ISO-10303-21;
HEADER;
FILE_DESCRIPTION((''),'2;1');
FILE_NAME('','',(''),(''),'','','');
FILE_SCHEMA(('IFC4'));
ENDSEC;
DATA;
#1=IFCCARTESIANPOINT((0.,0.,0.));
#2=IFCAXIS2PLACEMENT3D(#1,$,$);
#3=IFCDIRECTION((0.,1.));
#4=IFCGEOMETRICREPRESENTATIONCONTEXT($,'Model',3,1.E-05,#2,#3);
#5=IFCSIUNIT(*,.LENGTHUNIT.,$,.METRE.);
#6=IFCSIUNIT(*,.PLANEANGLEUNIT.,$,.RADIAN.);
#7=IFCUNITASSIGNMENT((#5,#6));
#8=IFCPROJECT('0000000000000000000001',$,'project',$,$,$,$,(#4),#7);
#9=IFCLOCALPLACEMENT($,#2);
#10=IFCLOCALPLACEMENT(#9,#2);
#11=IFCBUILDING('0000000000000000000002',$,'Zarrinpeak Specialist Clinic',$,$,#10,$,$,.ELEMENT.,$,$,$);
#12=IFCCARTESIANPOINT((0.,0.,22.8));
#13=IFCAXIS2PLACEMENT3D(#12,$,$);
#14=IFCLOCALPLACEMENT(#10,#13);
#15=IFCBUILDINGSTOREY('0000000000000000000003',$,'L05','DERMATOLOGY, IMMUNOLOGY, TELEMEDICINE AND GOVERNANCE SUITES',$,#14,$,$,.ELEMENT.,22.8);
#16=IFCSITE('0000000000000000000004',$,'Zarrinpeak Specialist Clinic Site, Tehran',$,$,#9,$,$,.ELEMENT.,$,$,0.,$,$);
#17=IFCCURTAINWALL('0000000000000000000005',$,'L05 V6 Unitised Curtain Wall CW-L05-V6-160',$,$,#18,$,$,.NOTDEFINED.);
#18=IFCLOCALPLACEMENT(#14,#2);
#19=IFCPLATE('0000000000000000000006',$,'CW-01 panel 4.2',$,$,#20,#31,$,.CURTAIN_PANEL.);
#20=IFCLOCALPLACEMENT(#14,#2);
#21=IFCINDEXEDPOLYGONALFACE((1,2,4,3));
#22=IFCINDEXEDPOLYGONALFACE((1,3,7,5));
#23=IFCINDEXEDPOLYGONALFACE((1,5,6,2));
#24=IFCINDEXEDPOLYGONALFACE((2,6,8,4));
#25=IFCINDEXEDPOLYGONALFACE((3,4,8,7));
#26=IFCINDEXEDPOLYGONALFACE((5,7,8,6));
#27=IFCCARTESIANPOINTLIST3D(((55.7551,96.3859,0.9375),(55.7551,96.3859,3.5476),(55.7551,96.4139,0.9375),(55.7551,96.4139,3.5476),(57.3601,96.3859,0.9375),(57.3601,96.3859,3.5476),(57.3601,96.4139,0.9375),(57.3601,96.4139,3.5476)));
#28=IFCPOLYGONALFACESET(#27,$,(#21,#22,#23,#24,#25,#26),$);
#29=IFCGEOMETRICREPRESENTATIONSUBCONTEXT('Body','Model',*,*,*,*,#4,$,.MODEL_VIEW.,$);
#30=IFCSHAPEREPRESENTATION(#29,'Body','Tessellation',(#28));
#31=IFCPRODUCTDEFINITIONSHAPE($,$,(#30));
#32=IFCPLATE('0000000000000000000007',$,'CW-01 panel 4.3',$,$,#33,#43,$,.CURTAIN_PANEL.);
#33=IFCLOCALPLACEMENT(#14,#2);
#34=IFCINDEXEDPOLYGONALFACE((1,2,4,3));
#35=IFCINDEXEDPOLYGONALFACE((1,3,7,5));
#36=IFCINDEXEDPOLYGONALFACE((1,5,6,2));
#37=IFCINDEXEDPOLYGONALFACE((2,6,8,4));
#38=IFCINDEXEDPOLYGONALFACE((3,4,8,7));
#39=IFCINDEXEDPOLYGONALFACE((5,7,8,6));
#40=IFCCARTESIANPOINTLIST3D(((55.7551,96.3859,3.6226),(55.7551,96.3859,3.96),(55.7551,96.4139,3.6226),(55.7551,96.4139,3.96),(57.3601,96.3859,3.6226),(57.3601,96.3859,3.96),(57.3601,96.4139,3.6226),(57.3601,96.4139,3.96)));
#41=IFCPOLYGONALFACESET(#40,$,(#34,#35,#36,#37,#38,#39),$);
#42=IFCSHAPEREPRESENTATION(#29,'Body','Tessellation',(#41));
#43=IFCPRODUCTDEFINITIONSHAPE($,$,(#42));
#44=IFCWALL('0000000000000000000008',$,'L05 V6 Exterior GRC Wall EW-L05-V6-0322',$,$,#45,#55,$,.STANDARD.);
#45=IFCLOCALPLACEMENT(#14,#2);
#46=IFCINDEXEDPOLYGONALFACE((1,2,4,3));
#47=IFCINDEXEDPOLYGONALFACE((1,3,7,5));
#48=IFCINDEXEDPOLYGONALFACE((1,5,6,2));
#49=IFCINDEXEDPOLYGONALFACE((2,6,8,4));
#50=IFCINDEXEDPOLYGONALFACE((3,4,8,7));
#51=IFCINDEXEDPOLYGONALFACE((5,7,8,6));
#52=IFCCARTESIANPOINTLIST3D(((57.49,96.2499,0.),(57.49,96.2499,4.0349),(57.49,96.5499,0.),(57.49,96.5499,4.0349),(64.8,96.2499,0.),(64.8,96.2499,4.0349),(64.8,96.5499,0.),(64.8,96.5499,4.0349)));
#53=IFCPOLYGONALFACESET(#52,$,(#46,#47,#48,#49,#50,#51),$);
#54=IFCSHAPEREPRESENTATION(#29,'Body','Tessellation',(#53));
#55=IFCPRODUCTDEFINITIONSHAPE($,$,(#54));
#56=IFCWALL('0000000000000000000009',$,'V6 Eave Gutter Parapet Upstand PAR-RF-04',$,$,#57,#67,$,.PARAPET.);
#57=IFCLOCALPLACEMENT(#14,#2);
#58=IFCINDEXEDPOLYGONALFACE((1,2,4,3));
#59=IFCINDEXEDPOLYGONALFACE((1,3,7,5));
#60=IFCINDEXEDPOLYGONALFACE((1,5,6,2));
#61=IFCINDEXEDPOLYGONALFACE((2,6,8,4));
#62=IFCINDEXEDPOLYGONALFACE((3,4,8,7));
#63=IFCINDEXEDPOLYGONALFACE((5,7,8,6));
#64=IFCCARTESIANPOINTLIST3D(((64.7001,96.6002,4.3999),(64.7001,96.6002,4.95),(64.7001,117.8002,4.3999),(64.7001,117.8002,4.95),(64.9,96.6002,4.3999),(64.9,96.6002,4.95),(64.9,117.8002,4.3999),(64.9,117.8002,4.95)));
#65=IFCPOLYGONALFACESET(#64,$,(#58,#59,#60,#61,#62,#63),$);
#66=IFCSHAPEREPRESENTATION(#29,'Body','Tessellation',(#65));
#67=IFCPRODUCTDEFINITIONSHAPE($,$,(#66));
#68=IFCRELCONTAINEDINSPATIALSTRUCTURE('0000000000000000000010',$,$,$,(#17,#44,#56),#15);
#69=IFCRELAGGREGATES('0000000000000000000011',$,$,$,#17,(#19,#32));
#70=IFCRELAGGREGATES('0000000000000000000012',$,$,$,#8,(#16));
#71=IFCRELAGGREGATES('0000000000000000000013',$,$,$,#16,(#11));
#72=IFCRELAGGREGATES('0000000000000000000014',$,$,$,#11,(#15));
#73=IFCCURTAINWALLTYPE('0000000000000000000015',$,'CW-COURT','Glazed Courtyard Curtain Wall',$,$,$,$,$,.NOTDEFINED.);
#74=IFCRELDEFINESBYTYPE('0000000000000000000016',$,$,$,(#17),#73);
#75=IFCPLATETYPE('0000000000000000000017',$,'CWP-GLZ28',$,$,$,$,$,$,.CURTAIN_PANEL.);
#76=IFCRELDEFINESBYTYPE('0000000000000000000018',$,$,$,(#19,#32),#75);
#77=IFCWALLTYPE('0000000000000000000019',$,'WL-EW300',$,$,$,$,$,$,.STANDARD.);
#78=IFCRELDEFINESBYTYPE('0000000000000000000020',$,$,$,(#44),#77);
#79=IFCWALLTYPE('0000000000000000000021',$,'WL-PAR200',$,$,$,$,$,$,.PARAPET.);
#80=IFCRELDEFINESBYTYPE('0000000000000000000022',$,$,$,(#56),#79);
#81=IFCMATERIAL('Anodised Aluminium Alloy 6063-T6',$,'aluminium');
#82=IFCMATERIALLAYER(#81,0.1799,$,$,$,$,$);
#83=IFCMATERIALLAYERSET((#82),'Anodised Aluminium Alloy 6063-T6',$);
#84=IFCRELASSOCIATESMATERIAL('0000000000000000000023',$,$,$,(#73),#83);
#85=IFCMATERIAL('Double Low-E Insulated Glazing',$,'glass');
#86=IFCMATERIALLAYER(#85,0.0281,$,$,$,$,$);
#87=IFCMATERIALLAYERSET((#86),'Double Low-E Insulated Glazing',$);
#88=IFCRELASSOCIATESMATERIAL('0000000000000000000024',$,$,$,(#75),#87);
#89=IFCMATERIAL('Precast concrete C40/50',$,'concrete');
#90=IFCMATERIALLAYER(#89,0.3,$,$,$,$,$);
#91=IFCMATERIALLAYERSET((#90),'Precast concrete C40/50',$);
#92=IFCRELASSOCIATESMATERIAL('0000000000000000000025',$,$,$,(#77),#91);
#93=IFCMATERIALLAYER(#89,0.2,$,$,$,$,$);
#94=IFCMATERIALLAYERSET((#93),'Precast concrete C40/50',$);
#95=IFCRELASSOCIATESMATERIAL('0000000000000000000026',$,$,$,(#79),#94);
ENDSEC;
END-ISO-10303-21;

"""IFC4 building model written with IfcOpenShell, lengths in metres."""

from ifc_helpers import new_model, si_unit, direction, frame, frame_2d, origin, origin_2d, place, context, subcontext, project, spatial, rectangle, extrude, material, layer, layer_set, type_object, element, aggregate, save


model = new_model("IFC4")

# Units and contexts
model_context = context("Model", 3, precision=1e-05, world=origin(), true_north=direction((0.0, 1.0)))
body_context = subcontext(model_context, "Body", "Model", "MODEL_VIEW")
ifc_project = project(units=[si_unit("LENGTHUNIT", "METRE"), si_unit("PLANEANGLEUNIT", "RADIAN")], contexts=[model_context])

# Site, building, storey
site_placement = place(None, origin())
site = spatial("IfcSite", under=ifc_project, at=site_placement, Name="Zarrinpeak Specialist Clinic Site, Tehran", CompositionType="ELEMENT", RefElevation=0.0)
building_placement = place(site_placement, origin())
building = spatial("IfcBuilding", under=site, at=building_placement, Name="Zarrinpeak Specialist Clinic", CompositionType="ELEMENT")
storey_placement = place(building_placement, frame((0.0, 0.0, 22.8)))
storey = spatial("IfcBuildingStorey", under=building, at=storey_placement, Name="L05", Description="DERMATOLOGY, IMMUNOLOGY, TELEMEDICINE AND GOVERNANCE SUITES", CompositionType="ELEMENT", Elevation=22.8)

# Curtain wall
ifc_material_1 = material(Name="Anodised Aluminium Alloy 6063-T6", Category="aluminium")
ifc_layer_1 = layer(ifc_material_1, 0.1799)
ifc_layer_set_1 = layer_set([ifc_layer_1], Name="Anodised Aluminium Alloy 6063-T6")
curtain_wall_type_1 = type_object("IfcCurtainWallType", Name="CW-COURT", Description="Glazed Courtyard Curtain Wall", PredefinedType="NOTDEFINED", material=ifc_layer_set_1)
curtain_wall_1_placement = place(storey_placement, origin())
curtain_wall_1 = element("IfcCurtainWall", 1, at=curtain_wall_1_placement, inside=storey, type_object=curtain_wall_type_1, Name="L05 V6 Unitised Curtain Wall CW-L05-V6-160", PredefinedType="NOTDEFINED")

# Plates
ifc_material_2 = material(Name="Double Low-E Insulated Glazing", Category="glass")
ifc_layer_2 = layer(ifc_material_2, 0.0281)
ifc_layer_set_2 = layer_set([ifc_layer_2], Name="Double Low-E Insulated Glazing")
plate_type = type_object("IfcPlateType", Name="CWP-GLZ28", PredefinedType="CURTAIN_PANEL", material=ifc_layer_set_2)
plate_1_placement = place(storey_placement, frame((56.5576, 96.3999, 0.9375), z_axis=(0.0, 0.0, 1.0), x_axis=(1.0, 0.0, 0.0)))
plate_1 = element("IfcPlate", 2, at=plate_1_placement, type_object=plate_type, Name="CW-01 panel 4.2", PredefinedType="CURTAIN_PANEL", context=body_context, shape_type="SweptSolid", body=[
    extrude(rectangle(XDim=1.605, YDim=0.0281, at=origin_2d()), origin(), (0.0, 0.0, 1.0), 2.6101),
])
plate_2_placement = place(storey_placement, frame((56.5576, 96.3999, 3.6226), z_axis=(0.0, 0.0, 1.0), x_axis=(1.0, 0.0, 0.0)))
plate_2 = element("IfcPlate", 3, at=plate_2_placement, type_object=plate_type, Name="CW-01 panel 4.3", PredefinedType="CURTAIN_PANEL", context=body_context, shape_type="SweptSolid", body=[
    extrude(rectangle(XDim=1.605, YDim=0.0281, at=origin_2d()), origin(), (0.0, 0.0, 1.0), 0.3374),
])
aggregate(curtain_wall_1, [plate_1, plate_2])

# Walls
ifc_material_3 = material(Name="Precast concrete C40/50", Category="concrete")
ifc_layer_3 = layer(ifc_material_3, 0.3)
ifc_layer_set_3 = layer_set([ifc_layer_3], Name="Precast concrete C40/50")
wall_type_1 = type_object("IfcWallType", Name="WL-EW300", PredefinedType="STANDARD", material=ifc_layer_set_3)
wall_1_placement = place(storey_placement, frame((57.49, 96.3999, 0.0), z_axis=(0.0, 0.0, 1.0), x_axis=(1.0, 0.0, 0.0)))
element("IfcWall", 4, at=wall_1_placement, inside=storey, type_object=wall_type_1, Name="L05 V6 Exterior GRC Wall EW-L05-V6-0322", PredefinedType="STANDARD", context=body_context, shape_type="SweptSolid", body=[
    extrude(rectangle(XDim=7.3101, YDim=0.3, at=frame_2d((3.655, 0.0))), origin(), (0.0, 0.0, 1.0), 4.0349),
])
ifc_layer_4 = layer(ifc_material_3, 0.2)
ifc_layer_set_4 = layer_set([ifc_layer_4], Name="Precast concrete C40/50")
wall_type_2 = type_object("IfcWallType", Name="WL-PAR200", PredefinedType="PARAPET", material=ifc_layer_set_4)
wall_2_placement = place(storey_placement, frame((64.8, 96.6001, 4.3999), z_axis=(0.0, 0.0, 1.0), x_axis=(0.0, 1.0, 0.0)))
element("IfcWall", 5, at=wall_2_placement, inside=storey, type_object=wall_type_2, Name="V6 Eave Gutter Parapet Upstand PAR-RF-04", PredefinedType="PARAPET", context=body_context, shape_type="SweptSolid", body=[
    extrude(rectangle(XDim=21.2, YDim=0.2, at=frame_2d((10.6001, 0.0))), origin(), (0.0, 0.0, 1.0), 0.55),
])

save(model, "model.ifc")
